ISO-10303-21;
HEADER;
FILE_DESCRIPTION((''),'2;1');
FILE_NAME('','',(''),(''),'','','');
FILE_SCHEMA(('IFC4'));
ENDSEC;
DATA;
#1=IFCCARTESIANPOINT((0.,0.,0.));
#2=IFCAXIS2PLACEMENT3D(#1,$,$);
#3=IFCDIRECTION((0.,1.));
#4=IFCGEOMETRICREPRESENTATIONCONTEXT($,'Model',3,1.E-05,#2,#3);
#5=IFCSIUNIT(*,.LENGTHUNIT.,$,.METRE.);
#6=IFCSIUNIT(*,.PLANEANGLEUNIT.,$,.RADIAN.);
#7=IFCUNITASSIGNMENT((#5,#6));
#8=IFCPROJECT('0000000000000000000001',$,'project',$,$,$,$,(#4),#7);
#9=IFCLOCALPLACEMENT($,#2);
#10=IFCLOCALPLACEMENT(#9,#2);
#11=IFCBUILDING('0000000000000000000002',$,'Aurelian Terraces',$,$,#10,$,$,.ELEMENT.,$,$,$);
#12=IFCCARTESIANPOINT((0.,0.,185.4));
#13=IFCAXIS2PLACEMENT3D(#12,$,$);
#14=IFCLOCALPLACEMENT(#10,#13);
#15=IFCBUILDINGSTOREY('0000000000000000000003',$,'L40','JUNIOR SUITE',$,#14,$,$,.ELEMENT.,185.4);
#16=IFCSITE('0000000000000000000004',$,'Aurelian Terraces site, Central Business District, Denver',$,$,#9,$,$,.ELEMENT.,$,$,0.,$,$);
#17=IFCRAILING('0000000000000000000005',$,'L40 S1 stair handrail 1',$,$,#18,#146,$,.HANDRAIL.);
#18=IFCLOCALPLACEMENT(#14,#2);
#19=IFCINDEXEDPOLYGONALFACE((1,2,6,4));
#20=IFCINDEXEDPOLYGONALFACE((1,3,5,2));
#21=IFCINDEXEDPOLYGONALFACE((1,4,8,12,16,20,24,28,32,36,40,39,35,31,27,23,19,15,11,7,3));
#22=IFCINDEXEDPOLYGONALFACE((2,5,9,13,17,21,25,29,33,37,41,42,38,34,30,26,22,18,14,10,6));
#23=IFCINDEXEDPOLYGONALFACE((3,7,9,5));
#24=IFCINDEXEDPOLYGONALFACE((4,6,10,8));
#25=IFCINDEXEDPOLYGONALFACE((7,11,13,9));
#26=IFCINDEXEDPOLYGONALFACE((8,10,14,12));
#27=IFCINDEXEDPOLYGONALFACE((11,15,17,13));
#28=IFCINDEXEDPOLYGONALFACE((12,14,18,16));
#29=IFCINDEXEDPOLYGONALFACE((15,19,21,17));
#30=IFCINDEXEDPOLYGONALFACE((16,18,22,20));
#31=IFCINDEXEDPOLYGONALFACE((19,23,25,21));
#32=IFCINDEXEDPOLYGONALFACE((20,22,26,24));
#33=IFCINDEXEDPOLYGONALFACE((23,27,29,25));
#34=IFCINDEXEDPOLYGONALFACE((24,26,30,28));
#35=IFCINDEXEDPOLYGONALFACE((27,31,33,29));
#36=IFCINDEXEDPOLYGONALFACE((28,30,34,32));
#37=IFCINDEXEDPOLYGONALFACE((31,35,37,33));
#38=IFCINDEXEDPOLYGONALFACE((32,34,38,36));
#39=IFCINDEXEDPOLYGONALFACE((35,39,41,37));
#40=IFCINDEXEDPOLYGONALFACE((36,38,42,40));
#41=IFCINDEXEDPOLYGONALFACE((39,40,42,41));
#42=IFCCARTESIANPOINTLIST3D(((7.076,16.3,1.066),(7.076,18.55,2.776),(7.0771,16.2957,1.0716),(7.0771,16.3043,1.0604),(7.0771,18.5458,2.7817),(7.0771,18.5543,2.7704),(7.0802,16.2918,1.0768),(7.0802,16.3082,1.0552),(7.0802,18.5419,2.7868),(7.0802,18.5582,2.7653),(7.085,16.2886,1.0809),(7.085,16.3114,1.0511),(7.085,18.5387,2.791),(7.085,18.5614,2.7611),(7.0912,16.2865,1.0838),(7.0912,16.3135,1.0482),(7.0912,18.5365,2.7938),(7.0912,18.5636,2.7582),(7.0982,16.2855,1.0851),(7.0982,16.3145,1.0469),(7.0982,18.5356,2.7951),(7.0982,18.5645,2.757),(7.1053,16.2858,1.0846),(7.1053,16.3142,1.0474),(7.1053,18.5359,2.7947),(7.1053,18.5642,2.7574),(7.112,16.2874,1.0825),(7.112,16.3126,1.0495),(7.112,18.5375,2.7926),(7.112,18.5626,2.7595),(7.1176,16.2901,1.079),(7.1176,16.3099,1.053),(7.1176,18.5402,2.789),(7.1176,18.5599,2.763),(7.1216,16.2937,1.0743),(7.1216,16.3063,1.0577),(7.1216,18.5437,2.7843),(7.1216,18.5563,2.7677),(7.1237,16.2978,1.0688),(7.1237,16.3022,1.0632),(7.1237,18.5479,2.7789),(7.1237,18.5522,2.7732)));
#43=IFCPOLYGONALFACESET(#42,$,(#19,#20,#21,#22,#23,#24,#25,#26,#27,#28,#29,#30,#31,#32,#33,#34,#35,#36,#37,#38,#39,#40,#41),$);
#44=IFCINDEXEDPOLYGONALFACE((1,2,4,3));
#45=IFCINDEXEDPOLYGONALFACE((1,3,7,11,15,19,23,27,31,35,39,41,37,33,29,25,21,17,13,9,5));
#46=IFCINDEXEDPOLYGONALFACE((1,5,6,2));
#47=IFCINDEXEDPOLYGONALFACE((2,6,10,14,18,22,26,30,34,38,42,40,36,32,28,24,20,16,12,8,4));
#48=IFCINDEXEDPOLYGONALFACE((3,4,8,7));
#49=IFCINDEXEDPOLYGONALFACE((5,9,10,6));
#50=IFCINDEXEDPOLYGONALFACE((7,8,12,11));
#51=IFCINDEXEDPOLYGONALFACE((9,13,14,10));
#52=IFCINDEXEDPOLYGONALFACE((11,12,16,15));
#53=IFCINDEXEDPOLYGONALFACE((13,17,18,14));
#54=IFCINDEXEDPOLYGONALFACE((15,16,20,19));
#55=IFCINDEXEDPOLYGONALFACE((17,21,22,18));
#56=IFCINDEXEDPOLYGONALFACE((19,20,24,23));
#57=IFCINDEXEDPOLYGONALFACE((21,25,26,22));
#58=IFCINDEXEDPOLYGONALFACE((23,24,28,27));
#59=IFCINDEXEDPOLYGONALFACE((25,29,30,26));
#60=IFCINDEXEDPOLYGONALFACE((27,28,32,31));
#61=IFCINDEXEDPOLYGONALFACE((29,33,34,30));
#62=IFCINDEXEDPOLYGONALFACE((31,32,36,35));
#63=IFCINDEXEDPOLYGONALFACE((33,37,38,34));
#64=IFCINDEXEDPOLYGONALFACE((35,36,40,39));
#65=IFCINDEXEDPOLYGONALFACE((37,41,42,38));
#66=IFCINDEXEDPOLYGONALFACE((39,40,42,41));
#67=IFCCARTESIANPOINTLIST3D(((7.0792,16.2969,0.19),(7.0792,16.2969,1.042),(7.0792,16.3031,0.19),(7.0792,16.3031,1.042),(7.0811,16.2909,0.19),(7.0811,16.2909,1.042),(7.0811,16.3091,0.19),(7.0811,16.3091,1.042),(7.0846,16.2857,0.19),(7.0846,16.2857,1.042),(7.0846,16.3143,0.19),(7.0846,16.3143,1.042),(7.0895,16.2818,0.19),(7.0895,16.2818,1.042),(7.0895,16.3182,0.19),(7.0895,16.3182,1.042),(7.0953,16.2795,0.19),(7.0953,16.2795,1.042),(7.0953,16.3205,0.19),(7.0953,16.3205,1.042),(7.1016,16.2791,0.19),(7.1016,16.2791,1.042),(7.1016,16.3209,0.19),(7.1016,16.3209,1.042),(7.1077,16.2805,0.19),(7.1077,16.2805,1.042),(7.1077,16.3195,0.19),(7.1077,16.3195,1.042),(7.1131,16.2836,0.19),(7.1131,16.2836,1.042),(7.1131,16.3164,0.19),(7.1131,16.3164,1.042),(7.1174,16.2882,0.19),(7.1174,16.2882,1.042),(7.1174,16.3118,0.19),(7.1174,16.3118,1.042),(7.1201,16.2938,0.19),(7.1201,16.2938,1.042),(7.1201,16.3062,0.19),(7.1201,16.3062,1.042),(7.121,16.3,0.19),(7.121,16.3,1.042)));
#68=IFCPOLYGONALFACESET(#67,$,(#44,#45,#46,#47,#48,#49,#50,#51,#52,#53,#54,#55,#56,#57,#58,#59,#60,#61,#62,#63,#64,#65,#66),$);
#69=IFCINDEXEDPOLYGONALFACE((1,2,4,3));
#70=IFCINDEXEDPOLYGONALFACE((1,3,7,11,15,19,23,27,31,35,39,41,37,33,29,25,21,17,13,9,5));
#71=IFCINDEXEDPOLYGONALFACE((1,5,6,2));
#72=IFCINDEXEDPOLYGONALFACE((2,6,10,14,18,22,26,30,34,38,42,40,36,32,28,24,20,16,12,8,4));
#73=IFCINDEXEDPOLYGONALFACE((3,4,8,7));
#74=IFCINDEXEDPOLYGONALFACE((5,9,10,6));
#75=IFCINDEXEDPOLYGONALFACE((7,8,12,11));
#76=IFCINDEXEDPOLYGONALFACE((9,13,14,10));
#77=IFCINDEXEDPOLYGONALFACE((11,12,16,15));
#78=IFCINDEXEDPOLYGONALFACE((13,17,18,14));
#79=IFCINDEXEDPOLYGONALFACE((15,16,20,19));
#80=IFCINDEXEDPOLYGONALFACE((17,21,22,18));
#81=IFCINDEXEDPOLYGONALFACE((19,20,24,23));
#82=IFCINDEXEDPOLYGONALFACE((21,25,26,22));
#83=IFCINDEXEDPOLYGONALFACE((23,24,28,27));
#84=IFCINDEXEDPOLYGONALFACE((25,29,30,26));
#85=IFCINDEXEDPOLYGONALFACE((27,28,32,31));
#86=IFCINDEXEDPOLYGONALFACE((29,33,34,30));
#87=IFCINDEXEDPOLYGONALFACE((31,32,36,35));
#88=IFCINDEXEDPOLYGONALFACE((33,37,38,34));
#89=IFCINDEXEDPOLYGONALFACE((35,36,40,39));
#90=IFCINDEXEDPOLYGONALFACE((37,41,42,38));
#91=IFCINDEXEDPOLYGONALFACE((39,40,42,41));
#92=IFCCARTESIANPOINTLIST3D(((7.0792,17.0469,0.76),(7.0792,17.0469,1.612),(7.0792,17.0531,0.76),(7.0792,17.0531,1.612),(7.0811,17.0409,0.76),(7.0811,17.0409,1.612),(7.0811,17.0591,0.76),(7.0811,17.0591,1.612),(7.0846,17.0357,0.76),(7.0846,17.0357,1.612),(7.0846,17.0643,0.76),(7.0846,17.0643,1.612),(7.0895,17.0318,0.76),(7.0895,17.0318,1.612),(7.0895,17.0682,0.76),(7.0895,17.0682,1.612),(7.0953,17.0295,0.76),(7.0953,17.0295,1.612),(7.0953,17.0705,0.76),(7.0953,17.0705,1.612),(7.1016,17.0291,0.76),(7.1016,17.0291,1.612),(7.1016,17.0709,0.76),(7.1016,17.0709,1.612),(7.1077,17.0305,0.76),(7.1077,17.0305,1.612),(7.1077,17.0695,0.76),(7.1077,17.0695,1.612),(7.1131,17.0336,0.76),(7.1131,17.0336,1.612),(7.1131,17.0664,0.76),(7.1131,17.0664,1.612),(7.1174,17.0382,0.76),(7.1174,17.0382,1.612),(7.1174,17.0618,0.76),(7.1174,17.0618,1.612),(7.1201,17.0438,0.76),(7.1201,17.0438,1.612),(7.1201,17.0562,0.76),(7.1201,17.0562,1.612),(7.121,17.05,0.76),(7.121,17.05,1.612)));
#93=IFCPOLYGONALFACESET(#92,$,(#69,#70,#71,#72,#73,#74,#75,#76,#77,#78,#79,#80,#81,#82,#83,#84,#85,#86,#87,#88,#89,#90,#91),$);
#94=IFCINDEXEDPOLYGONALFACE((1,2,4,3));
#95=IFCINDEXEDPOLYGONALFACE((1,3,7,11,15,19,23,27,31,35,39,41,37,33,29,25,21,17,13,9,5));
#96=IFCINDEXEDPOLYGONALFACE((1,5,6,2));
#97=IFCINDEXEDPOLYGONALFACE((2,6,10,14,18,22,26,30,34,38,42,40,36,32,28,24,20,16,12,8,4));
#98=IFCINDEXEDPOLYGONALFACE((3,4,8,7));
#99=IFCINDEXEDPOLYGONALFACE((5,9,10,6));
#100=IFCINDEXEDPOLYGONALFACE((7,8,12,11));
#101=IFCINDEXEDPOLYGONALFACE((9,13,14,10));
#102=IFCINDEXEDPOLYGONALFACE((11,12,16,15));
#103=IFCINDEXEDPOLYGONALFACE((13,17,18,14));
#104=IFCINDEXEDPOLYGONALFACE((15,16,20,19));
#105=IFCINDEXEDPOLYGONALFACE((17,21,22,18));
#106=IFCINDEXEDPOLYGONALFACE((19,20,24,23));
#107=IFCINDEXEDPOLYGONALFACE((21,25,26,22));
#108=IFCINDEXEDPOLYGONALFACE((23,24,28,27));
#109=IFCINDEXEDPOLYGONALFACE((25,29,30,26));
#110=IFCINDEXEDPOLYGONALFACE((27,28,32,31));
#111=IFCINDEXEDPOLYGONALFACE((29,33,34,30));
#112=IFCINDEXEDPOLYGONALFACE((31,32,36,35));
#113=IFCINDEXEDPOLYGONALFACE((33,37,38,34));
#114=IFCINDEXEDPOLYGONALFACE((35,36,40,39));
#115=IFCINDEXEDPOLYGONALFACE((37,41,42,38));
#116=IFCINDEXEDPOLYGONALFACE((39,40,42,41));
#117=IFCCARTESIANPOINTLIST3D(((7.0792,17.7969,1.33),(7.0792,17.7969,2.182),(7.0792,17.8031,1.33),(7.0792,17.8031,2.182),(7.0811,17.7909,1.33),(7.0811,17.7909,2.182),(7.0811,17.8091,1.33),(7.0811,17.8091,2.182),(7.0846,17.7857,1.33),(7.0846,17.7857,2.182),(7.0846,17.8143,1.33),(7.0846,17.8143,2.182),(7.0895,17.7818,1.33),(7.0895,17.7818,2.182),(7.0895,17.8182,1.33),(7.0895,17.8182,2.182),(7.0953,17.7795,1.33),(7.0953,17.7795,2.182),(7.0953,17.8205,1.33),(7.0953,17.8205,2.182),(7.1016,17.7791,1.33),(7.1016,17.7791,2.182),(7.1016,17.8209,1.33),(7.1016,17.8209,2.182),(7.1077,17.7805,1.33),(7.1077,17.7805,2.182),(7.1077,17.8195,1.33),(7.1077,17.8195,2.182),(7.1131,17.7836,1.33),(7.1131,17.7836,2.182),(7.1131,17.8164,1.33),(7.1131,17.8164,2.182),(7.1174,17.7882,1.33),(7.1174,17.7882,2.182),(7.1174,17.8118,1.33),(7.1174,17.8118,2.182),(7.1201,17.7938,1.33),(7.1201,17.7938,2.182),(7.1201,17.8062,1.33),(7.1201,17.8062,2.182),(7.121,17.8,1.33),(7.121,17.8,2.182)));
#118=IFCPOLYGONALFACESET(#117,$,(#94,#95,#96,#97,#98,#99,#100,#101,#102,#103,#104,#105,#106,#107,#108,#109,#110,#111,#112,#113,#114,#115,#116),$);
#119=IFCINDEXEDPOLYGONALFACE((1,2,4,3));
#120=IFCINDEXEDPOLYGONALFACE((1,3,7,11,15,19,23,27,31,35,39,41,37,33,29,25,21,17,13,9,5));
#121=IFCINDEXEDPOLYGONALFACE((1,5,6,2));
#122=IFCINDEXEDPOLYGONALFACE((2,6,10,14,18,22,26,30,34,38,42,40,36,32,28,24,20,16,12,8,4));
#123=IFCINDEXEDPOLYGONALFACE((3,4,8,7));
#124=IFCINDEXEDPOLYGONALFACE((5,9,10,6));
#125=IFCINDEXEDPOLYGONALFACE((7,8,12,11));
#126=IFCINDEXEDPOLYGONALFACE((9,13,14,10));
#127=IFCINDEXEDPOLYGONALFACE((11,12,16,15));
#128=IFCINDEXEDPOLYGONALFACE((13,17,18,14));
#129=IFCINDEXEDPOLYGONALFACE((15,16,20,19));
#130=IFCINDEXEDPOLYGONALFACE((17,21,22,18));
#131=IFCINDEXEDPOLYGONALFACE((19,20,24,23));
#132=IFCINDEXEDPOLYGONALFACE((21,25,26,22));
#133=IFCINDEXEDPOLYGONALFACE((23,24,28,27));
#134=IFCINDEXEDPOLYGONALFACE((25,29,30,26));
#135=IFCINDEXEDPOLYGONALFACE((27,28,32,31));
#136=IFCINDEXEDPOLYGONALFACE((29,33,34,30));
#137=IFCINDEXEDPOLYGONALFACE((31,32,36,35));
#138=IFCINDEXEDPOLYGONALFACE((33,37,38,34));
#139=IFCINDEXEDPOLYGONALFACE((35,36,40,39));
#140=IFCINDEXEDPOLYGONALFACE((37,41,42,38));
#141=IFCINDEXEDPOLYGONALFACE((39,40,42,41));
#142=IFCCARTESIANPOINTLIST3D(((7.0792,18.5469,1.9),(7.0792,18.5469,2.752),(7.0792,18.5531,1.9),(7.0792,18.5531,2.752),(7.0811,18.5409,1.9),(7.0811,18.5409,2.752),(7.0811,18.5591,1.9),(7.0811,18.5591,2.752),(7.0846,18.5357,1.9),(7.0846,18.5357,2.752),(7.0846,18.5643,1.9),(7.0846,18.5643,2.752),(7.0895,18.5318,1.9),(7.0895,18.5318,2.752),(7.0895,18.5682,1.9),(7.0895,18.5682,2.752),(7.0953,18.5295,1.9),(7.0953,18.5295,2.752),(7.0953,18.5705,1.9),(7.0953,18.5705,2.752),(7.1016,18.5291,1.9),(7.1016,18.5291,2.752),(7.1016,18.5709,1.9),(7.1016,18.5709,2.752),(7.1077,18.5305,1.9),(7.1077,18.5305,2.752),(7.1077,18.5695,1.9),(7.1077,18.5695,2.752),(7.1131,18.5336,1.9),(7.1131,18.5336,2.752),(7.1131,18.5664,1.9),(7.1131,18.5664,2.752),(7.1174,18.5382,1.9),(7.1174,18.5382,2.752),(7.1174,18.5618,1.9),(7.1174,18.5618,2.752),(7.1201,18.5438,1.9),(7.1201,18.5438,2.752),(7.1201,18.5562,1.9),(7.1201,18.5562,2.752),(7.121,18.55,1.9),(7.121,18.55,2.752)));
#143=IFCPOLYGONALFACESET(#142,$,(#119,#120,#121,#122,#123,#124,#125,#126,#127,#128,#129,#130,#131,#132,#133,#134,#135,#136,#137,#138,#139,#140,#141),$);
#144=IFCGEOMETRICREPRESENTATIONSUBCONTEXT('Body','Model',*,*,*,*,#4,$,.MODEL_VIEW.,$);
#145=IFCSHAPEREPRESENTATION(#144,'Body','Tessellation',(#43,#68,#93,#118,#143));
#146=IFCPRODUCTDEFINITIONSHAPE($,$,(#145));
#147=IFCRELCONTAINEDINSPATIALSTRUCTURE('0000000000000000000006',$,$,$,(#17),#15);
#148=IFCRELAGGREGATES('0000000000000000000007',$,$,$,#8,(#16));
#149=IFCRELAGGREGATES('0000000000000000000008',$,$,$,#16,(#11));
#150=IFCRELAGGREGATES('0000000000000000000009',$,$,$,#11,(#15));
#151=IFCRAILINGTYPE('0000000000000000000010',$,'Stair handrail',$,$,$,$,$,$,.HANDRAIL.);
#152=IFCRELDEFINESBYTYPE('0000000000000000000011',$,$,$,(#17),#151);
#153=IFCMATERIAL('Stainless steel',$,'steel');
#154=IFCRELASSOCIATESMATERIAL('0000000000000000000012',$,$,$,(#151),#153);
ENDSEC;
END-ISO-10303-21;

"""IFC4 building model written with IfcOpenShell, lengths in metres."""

from ifc_helpers import new_model, si_unit, direction, frame, origin, origin_2d, place, context, subcontext, project, spatial, circle, extrude, source, transform, mapped, material, type_object, element, save


model = new_model("IFC4")

# Units and contexts
model_context = context("Model", 3, precision=1e-05, world=origin(), true_north=direction((0.0, 1.0)))
body_context = subcontext(model_context, "Body", "Model", "MODEL_VIEW")
ifc_project = project(units=[si_unit("LENGTHUNIT", "METRE"), si_unit("PLANEANGLEUNIT", "RADIAN")], contexts=[model_context])

# Site, building, storey
site_placement = place(None, origin())
site = spatial("IfcSite", under=ifc_project, at=site_placement, Name="Aurelian Terraces site, Central Business District, Denver", CompositionType="ELEMENT", RefElevation=0.0)
building_placement = place(site_placement, origin())
building = spatial("IfcBuilding", under=site, at=building_placement, Name="Aurelian Terraces", CompositionType="ELEMENT")
storey_placement = place(building_placement, frame((0.0, 0.0, 185.4)))
storey = spatial("IfcBuildingStorey", under=building, at=storey_placement, Name="L40", Description="JUNIOR SUITE", CompositionType="ELEMENT", Elevation=185.4)

# Shared definitions
ifc_material_1 = material(Name="Stainless steel", Category="steel")

# Railing
railing_type_1 = type_object("IfcRailingType", Name="Stair handrail", PredefinedType="HANDRAIL", material=ifc_material_1)
shared_shape_1 = source(origin(), body_context, "Body", "SweptSolid", [
    extrude(circle(Radius=0.024, at=origin_2d()), frame((0.0, 0.0, 0.876), z_axis=(0.0, 0.796162, 0.605083), x_axis=(-1.0, 0.0, 0.0)), (0.0, 0.0, 1.0), 2.8261),
    extrude(circle(Radius=0.021, at=origin_2d()), origin(), (0.0, 0.0, 1.0), 0.852),
    extrude(circle(Radius=0.021, at=origin_2d()), frame((0.0, 0.75, 0.57)), (0.0, 0.0, 1.0), 0.852),
    extrude(circle(Radius=0.021, at=origin_2d()), frame((0.0, 1.5, 1.14)), (0.0, 0.0, 1.0), 0.852),
    extrude(circle(Radius=0.021, at=origin_2d()), frame((0.0, 2.25, 1.71)), (0.0, 0.0, 1.0), 0.852),
])
railing_1_placement = place(storey_placement, frame((7.1, 16.3, 0.19)))
element("IfcRailing", 1, at=railing_1_placement, inside=storey, type_object=railing_type_1, Name="L40 S1 stair handrail 1", PredefinedType="HANDRAIL", context=body_context, shape_type="MappedRepresentation", body=[
    mapped(shared_shape_1, transform((0.0, 0.0, 0.0), scale=1.0)),
])

save(model, "model.ifc")
